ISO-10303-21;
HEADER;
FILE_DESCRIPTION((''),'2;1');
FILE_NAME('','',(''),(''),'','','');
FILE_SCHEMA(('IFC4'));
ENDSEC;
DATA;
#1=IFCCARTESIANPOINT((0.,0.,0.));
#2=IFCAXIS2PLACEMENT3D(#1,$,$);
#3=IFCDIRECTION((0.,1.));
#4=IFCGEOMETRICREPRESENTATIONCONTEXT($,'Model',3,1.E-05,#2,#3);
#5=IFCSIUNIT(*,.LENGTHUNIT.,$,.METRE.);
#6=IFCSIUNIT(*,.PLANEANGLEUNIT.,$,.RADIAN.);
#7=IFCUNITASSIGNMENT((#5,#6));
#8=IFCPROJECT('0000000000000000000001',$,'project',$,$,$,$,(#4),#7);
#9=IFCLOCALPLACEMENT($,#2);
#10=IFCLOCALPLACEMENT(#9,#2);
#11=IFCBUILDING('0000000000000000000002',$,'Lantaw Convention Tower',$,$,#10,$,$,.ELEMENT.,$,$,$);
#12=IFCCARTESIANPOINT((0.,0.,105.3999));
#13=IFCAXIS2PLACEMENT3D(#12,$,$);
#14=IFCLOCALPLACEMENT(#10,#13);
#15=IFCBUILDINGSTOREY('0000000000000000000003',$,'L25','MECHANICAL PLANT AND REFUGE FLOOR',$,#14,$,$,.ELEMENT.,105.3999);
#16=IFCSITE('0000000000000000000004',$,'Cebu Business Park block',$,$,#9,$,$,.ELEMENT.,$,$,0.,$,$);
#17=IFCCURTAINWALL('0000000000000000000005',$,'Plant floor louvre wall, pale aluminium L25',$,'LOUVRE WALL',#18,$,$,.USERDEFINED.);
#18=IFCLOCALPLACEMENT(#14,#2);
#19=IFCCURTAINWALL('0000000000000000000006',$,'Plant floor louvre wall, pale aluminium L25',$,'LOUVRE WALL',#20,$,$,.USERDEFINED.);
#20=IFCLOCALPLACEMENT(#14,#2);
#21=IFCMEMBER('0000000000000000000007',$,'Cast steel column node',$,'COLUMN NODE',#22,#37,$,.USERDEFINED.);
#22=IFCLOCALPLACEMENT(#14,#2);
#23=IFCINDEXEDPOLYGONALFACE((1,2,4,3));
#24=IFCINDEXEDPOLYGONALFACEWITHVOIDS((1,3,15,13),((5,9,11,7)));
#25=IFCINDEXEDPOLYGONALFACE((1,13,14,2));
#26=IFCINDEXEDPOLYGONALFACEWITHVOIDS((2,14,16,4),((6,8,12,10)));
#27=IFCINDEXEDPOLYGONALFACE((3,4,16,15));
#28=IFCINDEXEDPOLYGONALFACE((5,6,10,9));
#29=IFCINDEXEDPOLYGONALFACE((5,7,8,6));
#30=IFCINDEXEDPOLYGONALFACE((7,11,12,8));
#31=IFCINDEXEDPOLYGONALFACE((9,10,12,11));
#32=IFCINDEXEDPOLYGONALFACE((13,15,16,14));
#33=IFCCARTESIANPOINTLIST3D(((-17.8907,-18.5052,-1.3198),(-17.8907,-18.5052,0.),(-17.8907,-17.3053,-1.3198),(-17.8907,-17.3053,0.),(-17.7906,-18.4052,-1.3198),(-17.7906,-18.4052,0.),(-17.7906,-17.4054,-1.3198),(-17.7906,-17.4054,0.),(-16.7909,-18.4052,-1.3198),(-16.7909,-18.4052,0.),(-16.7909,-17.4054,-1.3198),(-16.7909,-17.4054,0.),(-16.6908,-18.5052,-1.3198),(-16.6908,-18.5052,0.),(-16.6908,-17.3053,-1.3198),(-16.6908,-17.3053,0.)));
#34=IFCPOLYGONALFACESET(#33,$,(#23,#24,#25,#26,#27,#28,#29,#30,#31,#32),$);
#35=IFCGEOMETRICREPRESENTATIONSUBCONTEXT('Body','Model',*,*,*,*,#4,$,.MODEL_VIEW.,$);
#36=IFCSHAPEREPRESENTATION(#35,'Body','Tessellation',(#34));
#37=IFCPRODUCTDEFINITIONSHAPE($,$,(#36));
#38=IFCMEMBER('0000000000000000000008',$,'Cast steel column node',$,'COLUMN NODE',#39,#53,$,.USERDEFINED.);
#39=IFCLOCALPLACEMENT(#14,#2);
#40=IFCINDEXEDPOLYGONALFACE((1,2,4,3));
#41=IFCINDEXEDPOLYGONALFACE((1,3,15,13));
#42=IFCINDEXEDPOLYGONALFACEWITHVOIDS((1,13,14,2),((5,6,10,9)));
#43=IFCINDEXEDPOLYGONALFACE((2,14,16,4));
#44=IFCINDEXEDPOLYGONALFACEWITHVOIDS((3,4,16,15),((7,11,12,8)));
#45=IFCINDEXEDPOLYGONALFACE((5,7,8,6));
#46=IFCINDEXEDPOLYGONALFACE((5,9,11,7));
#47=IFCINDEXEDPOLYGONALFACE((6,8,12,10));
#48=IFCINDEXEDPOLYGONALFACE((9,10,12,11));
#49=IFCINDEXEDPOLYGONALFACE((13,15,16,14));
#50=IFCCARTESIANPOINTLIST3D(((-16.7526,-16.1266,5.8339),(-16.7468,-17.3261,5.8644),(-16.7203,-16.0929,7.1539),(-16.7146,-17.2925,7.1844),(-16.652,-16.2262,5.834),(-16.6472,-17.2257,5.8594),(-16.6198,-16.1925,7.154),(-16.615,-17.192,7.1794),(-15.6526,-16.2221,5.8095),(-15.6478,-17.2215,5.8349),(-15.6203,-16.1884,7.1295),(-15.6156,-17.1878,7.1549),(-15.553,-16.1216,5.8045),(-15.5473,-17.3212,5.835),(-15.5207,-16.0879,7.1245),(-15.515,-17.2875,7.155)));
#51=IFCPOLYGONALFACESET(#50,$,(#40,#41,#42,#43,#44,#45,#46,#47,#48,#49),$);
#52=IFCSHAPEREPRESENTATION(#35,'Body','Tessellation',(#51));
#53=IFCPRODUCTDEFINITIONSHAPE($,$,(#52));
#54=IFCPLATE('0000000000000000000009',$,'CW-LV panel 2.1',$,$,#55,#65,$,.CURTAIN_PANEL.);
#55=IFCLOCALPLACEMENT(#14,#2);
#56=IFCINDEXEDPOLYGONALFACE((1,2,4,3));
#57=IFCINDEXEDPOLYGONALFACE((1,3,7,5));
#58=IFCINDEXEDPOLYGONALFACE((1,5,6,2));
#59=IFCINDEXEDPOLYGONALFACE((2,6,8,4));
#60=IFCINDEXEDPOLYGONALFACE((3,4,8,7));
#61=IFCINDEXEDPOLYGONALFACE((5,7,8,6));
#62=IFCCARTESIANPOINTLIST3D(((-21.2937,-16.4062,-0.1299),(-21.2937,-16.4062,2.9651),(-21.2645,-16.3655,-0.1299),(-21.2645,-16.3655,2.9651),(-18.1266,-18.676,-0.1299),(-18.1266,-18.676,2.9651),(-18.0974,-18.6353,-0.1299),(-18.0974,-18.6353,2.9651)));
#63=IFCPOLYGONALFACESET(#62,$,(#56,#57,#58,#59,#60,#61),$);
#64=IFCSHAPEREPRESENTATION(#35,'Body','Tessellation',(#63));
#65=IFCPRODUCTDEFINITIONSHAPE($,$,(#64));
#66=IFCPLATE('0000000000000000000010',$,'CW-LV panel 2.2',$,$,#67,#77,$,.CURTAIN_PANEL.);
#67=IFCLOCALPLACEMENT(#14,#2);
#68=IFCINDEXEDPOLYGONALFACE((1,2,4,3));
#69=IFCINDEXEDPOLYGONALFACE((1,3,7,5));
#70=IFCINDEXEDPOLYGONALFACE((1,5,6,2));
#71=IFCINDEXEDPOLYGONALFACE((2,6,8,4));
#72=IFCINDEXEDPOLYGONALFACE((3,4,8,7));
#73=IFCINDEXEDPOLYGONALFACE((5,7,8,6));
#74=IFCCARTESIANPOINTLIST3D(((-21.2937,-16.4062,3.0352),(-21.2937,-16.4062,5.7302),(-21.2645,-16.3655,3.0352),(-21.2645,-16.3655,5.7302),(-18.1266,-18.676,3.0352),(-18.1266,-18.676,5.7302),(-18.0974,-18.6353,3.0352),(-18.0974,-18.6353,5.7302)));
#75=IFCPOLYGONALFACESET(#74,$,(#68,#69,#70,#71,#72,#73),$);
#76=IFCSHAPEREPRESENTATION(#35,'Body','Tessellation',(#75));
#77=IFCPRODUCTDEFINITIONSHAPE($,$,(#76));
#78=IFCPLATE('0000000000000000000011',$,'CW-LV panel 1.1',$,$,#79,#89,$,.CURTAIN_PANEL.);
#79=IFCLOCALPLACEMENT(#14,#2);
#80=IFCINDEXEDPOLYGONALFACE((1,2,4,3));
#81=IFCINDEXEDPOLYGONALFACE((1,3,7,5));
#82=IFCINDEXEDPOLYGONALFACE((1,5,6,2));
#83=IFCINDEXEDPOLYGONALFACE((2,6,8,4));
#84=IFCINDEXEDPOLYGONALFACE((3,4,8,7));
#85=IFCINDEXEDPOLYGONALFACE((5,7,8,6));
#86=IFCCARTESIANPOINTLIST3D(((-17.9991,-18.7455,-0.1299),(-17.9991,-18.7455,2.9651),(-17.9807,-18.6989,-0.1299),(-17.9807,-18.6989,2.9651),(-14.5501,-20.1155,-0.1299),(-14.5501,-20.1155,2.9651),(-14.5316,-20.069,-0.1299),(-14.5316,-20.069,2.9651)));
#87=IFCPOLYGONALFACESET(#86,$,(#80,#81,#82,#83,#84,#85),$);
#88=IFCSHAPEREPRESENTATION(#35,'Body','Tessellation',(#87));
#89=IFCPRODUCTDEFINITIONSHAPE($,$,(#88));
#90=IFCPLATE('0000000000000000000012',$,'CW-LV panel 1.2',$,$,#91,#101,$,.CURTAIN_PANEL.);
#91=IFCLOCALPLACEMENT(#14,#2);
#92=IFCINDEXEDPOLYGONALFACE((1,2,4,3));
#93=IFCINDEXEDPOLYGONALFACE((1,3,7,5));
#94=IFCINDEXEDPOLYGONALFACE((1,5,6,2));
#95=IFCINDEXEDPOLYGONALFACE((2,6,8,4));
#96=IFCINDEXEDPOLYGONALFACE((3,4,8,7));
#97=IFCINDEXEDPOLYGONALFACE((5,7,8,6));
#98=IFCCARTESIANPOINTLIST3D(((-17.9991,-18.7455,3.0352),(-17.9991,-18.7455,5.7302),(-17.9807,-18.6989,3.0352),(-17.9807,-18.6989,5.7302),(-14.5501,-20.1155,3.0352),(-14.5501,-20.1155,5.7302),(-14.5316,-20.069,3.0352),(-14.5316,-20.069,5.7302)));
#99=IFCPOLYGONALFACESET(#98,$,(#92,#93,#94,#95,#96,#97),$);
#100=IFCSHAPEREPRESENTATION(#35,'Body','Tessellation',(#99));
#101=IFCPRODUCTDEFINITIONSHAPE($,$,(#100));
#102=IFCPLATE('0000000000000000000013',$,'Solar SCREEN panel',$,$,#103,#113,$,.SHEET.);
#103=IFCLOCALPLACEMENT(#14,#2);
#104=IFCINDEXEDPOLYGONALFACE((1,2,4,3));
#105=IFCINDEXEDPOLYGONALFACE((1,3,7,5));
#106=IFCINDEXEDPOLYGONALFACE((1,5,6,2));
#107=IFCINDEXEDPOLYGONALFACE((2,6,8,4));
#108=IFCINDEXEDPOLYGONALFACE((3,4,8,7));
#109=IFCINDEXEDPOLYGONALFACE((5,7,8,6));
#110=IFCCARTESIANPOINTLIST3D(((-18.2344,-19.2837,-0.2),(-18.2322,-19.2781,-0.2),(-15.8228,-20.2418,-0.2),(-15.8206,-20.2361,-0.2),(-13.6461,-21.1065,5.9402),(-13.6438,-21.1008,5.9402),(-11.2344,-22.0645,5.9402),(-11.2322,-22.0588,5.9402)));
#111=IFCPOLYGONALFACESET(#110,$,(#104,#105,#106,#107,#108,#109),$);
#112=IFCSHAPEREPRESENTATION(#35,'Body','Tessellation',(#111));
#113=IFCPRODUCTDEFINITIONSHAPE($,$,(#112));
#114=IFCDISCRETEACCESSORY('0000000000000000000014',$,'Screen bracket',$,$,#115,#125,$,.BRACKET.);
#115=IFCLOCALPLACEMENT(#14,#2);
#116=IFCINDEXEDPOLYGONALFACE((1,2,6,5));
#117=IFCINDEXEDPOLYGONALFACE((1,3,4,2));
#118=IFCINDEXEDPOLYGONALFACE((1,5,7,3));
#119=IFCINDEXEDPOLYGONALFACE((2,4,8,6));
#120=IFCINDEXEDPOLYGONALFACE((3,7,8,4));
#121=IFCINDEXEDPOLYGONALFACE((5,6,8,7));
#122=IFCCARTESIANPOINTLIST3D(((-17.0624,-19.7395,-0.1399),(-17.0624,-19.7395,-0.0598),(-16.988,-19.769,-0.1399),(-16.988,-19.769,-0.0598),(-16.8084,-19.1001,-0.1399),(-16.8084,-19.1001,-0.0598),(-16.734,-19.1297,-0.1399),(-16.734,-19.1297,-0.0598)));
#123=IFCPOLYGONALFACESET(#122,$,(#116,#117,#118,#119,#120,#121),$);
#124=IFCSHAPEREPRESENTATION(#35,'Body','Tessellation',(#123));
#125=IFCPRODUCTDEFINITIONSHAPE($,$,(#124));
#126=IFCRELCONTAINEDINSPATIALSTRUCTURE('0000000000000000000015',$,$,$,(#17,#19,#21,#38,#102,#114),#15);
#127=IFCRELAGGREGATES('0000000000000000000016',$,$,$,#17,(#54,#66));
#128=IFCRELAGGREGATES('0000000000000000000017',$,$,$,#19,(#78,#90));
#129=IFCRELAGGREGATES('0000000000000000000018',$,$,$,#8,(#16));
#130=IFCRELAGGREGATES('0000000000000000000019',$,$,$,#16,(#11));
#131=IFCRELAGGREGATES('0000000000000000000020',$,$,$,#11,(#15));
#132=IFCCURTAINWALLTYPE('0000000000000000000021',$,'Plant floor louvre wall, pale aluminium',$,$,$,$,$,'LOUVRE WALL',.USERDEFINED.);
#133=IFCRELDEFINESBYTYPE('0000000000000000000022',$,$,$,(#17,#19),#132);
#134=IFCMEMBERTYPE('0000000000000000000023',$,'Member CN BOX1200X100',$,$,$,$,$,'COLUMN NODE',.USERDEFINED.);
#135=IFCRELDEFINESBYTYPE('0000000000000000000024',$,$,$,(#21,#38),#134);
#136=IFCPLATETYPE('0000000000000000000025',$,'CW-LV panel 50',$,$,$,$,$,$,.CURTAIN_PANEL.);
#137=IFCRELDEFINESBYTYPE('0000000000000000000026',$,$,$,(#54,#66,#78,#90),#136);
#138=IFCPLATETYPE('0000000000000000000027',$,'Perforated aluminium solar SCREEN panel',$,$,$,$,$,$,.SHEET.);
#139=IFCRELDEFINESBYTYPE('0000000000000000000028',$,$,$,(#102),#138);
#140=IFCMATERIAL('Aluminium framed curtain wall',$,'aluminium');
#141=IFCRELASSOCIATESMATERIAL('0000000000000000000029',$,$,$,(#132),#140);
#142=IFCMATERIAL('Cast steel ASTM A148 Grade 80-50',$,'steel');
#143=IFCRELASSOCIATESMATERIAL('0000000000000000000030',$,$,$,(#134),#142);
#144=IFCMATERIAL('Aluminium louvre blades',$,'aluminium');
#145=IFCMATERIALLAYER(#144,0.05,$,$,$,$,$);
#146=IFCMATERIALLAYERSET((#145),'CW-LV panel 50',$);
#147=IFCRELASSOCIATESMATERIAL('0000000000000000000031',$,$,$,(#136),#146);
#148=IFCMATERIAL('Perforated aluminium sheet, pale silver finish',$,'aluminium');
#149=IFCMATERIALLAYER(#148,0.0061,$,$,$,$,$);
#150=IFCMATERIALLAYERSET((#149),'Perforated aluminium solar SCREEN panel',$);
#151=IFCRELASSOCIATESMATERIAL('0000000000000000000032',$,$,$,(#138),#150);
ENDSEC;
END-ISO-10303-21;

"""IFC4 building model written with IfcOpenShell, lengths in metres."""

from ifc_helpers import new_model, si_unit, direction, frame, origin, origin_2d, place, context, subcontext, project, spatial, polyline, rectangle, hollow_rectangle, outline, extrude, material, layer, layer_set, material_profile, profile_set, type_object, element, aggregate, save


model = new_model("IFC4")

# Units and contexts
model_context = context("Model", 3, precision=1e-05, world=origin(), true_north=direction((0.0, 1.0)))
body_context = subcontext(model_context, "Body", "Model", "MODEL_VIEW")
ifc_project = project(units=[si_unit("LENGTHUNIT", "METRE"), si_unit("PLANEANGLEUNIT", "RADIAN")], contexts=[model_context])

# Site, building, storey
site_placement = place(None, origin())
site = spatial("IfcSite", under=ifc_project, at=site_placement, Name="Cebu Business Park block", CompositionType="ELEMENT", RefElevation=0.0)
building_placement = place(site_placement, origin())
building = spatial("IfcBuilding", under=site, at=building_placement, Name="Lantaw Convention Tower", CompositionType="ELEMENT")
storey_placement = place(building_placement, frame((0.0, 0.0, 105.3999)))
storey = spatial("IfcBuildingStorey", under=building, at=storey_placement, Name="L25", Description="MECHANICAL PLANT AND REFUGE FLOOR", CompositionType="ELEMENT", Elevation=105.3999)

# Curtain walls
ifc_material_1 = material(Name="Aluminium framed curtain wall", Category="aluminium")
curtain_wall_type = type_object("IfcCurtainWallType", Name="Plant floor louvre wall, pale aluminium", ElementType="LOUVRE WALL", PredefinedType="USERDEFINED", material=ifc_material_1)
curtain_wall_1_placement = place(storey_placement, origin())
curtain_wall_1 = element("IfcCurtainWall", 1, at=curtain_wall_1_placement, inside=storey, type_object=curtain_wall_type, Name="Plant floor louvre wall, pale aluminium L25", ObjectType="LOUVRE WALL", PredefinedType="USERDEFINED")
curtain_wall_2_placement = place(storey_placement, origin())
curtain_wall_2 = element("IfcCurtainWall", 2, at=curtain_wall_2_placement, inside=storey, type_object=curtain_wall_type, Name="Plant floor louvre wall, pale aluminium L25", ObjectType="LOUVRE WALL", PredefinedType="USERDEFINED")

# Members
ifc_material_2 = material(Name="Cast steel ASTM A148 Grade 80-50", Category="steel")
ifc_material_profile_1 = material_profile(ifc_material_2, hollow_rectangle(XDim=1.2, YDim=1.2, WallThickness=0.1001, at=origin_2d()), Name="BOX1200X100")
ifc_profile_set_1 = profile_set([ifc_material_profile_1], Name="Cast steel ASTM A148 Grade 80-50")
member_type_1 = type_object("IfcMemberType", Name="Member CN BOX1200X100", ElementType="COLUMN NODE", PredefinedType="USERDEFINED", material=ifc_profile_set_1)
member_1_placement = place(storey_placement, frame((-17.2908, -17.9053, -1.3198), z_axis=(0.0, 0.0, 1.0), x_axis=(1.0, 0.0, 0.0)))
element("IfcMember", 3, at=member_1_placement, inside=storey, type_object=member_type_1, Name="Cast steel column node", ObjectType="COLUMN NODE", PredefinedType="USERDEFINED", context=body_context, shape_type="SweptSolid", body=[
    extrude(hollow_rectangle(XDim=1.2, YDim=1.2, WallThickness=0.1001, at=origin_2d()), origin(), (0.0, 0.0, 1.0), 1.3198),
])
member_2_placement = place(storey_placement, frame((-16.1499, -16.7239, 5.8345), z_axis=(0.024398, 0.025507, 0.999377), x_axis=(0.999691, 0.004146, -0.024511)))
element("IfcMember", 4, at=member_2_placement, inside=storey, type_object=member_type_1, Name="Cast steel column node", ObjectType="COLUMN NODE", PredefinedType="USERDEFINED", context=body_context, shape_type="SweptSolid", body=[
    extrude(hollow_rectangle(XDim=1.2, YDim=1.2, WallThickness=0.1001, at=origin_2d()), origin(), (0.0, 0.0, 1.0), 1.3208),
])

# Plates
ifc_material_3 = material(Name="Aluminium louvre blades", Category="aluminium")
ifc_layer_1 = layer(ifc_material_3, 0.05)
ifc_layer_set_1 = layer_set([ifc_layer_1], Name="CW-LV panel 50")
plate_type_1 = type_object("IfcPlateType", Name="CW-LV panel 50", PredefinedType="CURTAIN_PANEL", material=ifc_layer_set_1)
plate_1_placement = place(storey_placement, frame((-19.6956, -17.5208, -0.1299), z_axis=(0.0, 0.0, 1.0), x_axis=(0.812804, -0.582538, 0.0)))
plate_1 = element("IfcPlate", 5, at=plate_1_placement, type_object=plate_type_1, Name="CW-LV panel 2.1", PredefinedType="CURTAIN_PANEL", context=body_context, shape_type="SweptSolid", body=[
    extrude(rectangle(XDim=3.8965, YDim=0.05, at=origin_2d()), origin(), (0.0, 0.0, 1.0), 3.095),
])
plate_2_placement = place(storey_placement, frame((-19.6956, -17.5208, 3.0352), z_axis=(0.0, 0.0, 1.0), x_axis=(0.812804, -0.582538, 0.0)))
plate_2 = element("IfcPlate", 6, at=plate_2_placement, type_object=plate_type_1, Name="CW-LV panel 2.2", PredefinedType="CURTAIN_PANEL", context=body_context, shape_type="SweptSolid", body=[
    extrude(rectangle(XDim=3.8965, YDim=0.05, at=origin_2d()), origin(), (0.0, 0.0, 1.0), 2.6951),
])
aggregate(curtain_wall_1, [plate_1, plate_2])
plate_3_placement = place(storey_placement, frame((-16.2654, -19.4072, -0.1299), z_axis=(0.0, 0.0, 1.0), x_axis=(0.929361, -0.369172, 0.0)))
plate_3 = element("IfcPlate", 7, at=plate_3_placement, type_object=plate_type_1, Name="CW-LV panel 1.1", PredefinedType="CURTAIN_PANEL", context=body_context, shape_type="SweptSolid", body=[
    extrude(rectangle(XDim=3.7112, YDim=0.05, at=origin_2d()), origin(), (0.0, 0.0, 1.0), 3.095),
])
plate_4_placement = place(storey_placement, frame((-16.2654, -19.4072, 3.0352), z_axis=(0.0, 0.0, 1.0), x_axis=(0.929361, -0.369172, 0.0)))
plate_4 = element("IfcPlate", 8, at=plate_4_placement, type_object=plate_type_1, Name="CW-LV panel 1.2", PredefinedType="CURTAIN_PANEL", context=body_context, shape_type="SweptSolid", body=[
    extrude(rectangle(XDim=3.7112, YDim=0.05, at=origin_2d()), origin(), (0.0, 0.0, 1.0), 2.6951),
])
aggregate(curtain_wall_2, [plate_3, plate_4])
ifc_material_4 = material(Name="Perforated aluminium sheet, pale silver finish", Category="aluminium")
ifc_layer_2 = layer(ifc_material_4, 0.0061)
ifc_layer_set_2 = layer_set([ifc_layer_2], Name="Perforated aluminium solar SCREEN panel")
plate_type_2 = type_object("IfcPlateType", Name="Perforated aluminium solar SCREEN panel", PredefinedType="SHEET", material=ifc_layer_set_2)
plate_5_placement = place(storey_placement, frame((-18.2322, -19.2781, -0.2), z_axis=(0.369184, 0.929357, 0.000006), x_axis=(0.929357, -0.369184, 0.0)))
element("IfcPlate", 9, at=plate_5_placement, inside=storey, type_object=plate_type_2, Name="Solar SCREEN panel", PredefinedType="SHEET", context=body_context, shape_type="SweptSolid", body=[
    extrude(outline(polyline([(0.0, 0.0), (2.5949, 0.0), (7.5321, -6.1401), (4.9372, -6.1401), (0.0, 0.0)])), origin(), (0.0, 0.0, -1.0), 0.0061),
])

# Discrete accessory
discrete_accessory_placement = place(storey_placement, frame((-16.8982, -19.4346, -0.1399), z_axis=(0.0, 0.0, 1.0), x_axis=(0.929361, -0.369172, 0.0)))
element("IfcDiscreteAccessory", 10, at=discrete_accessory_placement, inside=storey, Name="Screen bracket", PredefinedType="BRACKET", context=body_context, shape_type="SweptSolid", body=[
    extrude(rectangle(XDim=0.0801, YDim=0.688, at=origin_2d()), origin(), (0.0, 0.0, 1.0), 0.0801),
])

save(model, "model.ifc")
